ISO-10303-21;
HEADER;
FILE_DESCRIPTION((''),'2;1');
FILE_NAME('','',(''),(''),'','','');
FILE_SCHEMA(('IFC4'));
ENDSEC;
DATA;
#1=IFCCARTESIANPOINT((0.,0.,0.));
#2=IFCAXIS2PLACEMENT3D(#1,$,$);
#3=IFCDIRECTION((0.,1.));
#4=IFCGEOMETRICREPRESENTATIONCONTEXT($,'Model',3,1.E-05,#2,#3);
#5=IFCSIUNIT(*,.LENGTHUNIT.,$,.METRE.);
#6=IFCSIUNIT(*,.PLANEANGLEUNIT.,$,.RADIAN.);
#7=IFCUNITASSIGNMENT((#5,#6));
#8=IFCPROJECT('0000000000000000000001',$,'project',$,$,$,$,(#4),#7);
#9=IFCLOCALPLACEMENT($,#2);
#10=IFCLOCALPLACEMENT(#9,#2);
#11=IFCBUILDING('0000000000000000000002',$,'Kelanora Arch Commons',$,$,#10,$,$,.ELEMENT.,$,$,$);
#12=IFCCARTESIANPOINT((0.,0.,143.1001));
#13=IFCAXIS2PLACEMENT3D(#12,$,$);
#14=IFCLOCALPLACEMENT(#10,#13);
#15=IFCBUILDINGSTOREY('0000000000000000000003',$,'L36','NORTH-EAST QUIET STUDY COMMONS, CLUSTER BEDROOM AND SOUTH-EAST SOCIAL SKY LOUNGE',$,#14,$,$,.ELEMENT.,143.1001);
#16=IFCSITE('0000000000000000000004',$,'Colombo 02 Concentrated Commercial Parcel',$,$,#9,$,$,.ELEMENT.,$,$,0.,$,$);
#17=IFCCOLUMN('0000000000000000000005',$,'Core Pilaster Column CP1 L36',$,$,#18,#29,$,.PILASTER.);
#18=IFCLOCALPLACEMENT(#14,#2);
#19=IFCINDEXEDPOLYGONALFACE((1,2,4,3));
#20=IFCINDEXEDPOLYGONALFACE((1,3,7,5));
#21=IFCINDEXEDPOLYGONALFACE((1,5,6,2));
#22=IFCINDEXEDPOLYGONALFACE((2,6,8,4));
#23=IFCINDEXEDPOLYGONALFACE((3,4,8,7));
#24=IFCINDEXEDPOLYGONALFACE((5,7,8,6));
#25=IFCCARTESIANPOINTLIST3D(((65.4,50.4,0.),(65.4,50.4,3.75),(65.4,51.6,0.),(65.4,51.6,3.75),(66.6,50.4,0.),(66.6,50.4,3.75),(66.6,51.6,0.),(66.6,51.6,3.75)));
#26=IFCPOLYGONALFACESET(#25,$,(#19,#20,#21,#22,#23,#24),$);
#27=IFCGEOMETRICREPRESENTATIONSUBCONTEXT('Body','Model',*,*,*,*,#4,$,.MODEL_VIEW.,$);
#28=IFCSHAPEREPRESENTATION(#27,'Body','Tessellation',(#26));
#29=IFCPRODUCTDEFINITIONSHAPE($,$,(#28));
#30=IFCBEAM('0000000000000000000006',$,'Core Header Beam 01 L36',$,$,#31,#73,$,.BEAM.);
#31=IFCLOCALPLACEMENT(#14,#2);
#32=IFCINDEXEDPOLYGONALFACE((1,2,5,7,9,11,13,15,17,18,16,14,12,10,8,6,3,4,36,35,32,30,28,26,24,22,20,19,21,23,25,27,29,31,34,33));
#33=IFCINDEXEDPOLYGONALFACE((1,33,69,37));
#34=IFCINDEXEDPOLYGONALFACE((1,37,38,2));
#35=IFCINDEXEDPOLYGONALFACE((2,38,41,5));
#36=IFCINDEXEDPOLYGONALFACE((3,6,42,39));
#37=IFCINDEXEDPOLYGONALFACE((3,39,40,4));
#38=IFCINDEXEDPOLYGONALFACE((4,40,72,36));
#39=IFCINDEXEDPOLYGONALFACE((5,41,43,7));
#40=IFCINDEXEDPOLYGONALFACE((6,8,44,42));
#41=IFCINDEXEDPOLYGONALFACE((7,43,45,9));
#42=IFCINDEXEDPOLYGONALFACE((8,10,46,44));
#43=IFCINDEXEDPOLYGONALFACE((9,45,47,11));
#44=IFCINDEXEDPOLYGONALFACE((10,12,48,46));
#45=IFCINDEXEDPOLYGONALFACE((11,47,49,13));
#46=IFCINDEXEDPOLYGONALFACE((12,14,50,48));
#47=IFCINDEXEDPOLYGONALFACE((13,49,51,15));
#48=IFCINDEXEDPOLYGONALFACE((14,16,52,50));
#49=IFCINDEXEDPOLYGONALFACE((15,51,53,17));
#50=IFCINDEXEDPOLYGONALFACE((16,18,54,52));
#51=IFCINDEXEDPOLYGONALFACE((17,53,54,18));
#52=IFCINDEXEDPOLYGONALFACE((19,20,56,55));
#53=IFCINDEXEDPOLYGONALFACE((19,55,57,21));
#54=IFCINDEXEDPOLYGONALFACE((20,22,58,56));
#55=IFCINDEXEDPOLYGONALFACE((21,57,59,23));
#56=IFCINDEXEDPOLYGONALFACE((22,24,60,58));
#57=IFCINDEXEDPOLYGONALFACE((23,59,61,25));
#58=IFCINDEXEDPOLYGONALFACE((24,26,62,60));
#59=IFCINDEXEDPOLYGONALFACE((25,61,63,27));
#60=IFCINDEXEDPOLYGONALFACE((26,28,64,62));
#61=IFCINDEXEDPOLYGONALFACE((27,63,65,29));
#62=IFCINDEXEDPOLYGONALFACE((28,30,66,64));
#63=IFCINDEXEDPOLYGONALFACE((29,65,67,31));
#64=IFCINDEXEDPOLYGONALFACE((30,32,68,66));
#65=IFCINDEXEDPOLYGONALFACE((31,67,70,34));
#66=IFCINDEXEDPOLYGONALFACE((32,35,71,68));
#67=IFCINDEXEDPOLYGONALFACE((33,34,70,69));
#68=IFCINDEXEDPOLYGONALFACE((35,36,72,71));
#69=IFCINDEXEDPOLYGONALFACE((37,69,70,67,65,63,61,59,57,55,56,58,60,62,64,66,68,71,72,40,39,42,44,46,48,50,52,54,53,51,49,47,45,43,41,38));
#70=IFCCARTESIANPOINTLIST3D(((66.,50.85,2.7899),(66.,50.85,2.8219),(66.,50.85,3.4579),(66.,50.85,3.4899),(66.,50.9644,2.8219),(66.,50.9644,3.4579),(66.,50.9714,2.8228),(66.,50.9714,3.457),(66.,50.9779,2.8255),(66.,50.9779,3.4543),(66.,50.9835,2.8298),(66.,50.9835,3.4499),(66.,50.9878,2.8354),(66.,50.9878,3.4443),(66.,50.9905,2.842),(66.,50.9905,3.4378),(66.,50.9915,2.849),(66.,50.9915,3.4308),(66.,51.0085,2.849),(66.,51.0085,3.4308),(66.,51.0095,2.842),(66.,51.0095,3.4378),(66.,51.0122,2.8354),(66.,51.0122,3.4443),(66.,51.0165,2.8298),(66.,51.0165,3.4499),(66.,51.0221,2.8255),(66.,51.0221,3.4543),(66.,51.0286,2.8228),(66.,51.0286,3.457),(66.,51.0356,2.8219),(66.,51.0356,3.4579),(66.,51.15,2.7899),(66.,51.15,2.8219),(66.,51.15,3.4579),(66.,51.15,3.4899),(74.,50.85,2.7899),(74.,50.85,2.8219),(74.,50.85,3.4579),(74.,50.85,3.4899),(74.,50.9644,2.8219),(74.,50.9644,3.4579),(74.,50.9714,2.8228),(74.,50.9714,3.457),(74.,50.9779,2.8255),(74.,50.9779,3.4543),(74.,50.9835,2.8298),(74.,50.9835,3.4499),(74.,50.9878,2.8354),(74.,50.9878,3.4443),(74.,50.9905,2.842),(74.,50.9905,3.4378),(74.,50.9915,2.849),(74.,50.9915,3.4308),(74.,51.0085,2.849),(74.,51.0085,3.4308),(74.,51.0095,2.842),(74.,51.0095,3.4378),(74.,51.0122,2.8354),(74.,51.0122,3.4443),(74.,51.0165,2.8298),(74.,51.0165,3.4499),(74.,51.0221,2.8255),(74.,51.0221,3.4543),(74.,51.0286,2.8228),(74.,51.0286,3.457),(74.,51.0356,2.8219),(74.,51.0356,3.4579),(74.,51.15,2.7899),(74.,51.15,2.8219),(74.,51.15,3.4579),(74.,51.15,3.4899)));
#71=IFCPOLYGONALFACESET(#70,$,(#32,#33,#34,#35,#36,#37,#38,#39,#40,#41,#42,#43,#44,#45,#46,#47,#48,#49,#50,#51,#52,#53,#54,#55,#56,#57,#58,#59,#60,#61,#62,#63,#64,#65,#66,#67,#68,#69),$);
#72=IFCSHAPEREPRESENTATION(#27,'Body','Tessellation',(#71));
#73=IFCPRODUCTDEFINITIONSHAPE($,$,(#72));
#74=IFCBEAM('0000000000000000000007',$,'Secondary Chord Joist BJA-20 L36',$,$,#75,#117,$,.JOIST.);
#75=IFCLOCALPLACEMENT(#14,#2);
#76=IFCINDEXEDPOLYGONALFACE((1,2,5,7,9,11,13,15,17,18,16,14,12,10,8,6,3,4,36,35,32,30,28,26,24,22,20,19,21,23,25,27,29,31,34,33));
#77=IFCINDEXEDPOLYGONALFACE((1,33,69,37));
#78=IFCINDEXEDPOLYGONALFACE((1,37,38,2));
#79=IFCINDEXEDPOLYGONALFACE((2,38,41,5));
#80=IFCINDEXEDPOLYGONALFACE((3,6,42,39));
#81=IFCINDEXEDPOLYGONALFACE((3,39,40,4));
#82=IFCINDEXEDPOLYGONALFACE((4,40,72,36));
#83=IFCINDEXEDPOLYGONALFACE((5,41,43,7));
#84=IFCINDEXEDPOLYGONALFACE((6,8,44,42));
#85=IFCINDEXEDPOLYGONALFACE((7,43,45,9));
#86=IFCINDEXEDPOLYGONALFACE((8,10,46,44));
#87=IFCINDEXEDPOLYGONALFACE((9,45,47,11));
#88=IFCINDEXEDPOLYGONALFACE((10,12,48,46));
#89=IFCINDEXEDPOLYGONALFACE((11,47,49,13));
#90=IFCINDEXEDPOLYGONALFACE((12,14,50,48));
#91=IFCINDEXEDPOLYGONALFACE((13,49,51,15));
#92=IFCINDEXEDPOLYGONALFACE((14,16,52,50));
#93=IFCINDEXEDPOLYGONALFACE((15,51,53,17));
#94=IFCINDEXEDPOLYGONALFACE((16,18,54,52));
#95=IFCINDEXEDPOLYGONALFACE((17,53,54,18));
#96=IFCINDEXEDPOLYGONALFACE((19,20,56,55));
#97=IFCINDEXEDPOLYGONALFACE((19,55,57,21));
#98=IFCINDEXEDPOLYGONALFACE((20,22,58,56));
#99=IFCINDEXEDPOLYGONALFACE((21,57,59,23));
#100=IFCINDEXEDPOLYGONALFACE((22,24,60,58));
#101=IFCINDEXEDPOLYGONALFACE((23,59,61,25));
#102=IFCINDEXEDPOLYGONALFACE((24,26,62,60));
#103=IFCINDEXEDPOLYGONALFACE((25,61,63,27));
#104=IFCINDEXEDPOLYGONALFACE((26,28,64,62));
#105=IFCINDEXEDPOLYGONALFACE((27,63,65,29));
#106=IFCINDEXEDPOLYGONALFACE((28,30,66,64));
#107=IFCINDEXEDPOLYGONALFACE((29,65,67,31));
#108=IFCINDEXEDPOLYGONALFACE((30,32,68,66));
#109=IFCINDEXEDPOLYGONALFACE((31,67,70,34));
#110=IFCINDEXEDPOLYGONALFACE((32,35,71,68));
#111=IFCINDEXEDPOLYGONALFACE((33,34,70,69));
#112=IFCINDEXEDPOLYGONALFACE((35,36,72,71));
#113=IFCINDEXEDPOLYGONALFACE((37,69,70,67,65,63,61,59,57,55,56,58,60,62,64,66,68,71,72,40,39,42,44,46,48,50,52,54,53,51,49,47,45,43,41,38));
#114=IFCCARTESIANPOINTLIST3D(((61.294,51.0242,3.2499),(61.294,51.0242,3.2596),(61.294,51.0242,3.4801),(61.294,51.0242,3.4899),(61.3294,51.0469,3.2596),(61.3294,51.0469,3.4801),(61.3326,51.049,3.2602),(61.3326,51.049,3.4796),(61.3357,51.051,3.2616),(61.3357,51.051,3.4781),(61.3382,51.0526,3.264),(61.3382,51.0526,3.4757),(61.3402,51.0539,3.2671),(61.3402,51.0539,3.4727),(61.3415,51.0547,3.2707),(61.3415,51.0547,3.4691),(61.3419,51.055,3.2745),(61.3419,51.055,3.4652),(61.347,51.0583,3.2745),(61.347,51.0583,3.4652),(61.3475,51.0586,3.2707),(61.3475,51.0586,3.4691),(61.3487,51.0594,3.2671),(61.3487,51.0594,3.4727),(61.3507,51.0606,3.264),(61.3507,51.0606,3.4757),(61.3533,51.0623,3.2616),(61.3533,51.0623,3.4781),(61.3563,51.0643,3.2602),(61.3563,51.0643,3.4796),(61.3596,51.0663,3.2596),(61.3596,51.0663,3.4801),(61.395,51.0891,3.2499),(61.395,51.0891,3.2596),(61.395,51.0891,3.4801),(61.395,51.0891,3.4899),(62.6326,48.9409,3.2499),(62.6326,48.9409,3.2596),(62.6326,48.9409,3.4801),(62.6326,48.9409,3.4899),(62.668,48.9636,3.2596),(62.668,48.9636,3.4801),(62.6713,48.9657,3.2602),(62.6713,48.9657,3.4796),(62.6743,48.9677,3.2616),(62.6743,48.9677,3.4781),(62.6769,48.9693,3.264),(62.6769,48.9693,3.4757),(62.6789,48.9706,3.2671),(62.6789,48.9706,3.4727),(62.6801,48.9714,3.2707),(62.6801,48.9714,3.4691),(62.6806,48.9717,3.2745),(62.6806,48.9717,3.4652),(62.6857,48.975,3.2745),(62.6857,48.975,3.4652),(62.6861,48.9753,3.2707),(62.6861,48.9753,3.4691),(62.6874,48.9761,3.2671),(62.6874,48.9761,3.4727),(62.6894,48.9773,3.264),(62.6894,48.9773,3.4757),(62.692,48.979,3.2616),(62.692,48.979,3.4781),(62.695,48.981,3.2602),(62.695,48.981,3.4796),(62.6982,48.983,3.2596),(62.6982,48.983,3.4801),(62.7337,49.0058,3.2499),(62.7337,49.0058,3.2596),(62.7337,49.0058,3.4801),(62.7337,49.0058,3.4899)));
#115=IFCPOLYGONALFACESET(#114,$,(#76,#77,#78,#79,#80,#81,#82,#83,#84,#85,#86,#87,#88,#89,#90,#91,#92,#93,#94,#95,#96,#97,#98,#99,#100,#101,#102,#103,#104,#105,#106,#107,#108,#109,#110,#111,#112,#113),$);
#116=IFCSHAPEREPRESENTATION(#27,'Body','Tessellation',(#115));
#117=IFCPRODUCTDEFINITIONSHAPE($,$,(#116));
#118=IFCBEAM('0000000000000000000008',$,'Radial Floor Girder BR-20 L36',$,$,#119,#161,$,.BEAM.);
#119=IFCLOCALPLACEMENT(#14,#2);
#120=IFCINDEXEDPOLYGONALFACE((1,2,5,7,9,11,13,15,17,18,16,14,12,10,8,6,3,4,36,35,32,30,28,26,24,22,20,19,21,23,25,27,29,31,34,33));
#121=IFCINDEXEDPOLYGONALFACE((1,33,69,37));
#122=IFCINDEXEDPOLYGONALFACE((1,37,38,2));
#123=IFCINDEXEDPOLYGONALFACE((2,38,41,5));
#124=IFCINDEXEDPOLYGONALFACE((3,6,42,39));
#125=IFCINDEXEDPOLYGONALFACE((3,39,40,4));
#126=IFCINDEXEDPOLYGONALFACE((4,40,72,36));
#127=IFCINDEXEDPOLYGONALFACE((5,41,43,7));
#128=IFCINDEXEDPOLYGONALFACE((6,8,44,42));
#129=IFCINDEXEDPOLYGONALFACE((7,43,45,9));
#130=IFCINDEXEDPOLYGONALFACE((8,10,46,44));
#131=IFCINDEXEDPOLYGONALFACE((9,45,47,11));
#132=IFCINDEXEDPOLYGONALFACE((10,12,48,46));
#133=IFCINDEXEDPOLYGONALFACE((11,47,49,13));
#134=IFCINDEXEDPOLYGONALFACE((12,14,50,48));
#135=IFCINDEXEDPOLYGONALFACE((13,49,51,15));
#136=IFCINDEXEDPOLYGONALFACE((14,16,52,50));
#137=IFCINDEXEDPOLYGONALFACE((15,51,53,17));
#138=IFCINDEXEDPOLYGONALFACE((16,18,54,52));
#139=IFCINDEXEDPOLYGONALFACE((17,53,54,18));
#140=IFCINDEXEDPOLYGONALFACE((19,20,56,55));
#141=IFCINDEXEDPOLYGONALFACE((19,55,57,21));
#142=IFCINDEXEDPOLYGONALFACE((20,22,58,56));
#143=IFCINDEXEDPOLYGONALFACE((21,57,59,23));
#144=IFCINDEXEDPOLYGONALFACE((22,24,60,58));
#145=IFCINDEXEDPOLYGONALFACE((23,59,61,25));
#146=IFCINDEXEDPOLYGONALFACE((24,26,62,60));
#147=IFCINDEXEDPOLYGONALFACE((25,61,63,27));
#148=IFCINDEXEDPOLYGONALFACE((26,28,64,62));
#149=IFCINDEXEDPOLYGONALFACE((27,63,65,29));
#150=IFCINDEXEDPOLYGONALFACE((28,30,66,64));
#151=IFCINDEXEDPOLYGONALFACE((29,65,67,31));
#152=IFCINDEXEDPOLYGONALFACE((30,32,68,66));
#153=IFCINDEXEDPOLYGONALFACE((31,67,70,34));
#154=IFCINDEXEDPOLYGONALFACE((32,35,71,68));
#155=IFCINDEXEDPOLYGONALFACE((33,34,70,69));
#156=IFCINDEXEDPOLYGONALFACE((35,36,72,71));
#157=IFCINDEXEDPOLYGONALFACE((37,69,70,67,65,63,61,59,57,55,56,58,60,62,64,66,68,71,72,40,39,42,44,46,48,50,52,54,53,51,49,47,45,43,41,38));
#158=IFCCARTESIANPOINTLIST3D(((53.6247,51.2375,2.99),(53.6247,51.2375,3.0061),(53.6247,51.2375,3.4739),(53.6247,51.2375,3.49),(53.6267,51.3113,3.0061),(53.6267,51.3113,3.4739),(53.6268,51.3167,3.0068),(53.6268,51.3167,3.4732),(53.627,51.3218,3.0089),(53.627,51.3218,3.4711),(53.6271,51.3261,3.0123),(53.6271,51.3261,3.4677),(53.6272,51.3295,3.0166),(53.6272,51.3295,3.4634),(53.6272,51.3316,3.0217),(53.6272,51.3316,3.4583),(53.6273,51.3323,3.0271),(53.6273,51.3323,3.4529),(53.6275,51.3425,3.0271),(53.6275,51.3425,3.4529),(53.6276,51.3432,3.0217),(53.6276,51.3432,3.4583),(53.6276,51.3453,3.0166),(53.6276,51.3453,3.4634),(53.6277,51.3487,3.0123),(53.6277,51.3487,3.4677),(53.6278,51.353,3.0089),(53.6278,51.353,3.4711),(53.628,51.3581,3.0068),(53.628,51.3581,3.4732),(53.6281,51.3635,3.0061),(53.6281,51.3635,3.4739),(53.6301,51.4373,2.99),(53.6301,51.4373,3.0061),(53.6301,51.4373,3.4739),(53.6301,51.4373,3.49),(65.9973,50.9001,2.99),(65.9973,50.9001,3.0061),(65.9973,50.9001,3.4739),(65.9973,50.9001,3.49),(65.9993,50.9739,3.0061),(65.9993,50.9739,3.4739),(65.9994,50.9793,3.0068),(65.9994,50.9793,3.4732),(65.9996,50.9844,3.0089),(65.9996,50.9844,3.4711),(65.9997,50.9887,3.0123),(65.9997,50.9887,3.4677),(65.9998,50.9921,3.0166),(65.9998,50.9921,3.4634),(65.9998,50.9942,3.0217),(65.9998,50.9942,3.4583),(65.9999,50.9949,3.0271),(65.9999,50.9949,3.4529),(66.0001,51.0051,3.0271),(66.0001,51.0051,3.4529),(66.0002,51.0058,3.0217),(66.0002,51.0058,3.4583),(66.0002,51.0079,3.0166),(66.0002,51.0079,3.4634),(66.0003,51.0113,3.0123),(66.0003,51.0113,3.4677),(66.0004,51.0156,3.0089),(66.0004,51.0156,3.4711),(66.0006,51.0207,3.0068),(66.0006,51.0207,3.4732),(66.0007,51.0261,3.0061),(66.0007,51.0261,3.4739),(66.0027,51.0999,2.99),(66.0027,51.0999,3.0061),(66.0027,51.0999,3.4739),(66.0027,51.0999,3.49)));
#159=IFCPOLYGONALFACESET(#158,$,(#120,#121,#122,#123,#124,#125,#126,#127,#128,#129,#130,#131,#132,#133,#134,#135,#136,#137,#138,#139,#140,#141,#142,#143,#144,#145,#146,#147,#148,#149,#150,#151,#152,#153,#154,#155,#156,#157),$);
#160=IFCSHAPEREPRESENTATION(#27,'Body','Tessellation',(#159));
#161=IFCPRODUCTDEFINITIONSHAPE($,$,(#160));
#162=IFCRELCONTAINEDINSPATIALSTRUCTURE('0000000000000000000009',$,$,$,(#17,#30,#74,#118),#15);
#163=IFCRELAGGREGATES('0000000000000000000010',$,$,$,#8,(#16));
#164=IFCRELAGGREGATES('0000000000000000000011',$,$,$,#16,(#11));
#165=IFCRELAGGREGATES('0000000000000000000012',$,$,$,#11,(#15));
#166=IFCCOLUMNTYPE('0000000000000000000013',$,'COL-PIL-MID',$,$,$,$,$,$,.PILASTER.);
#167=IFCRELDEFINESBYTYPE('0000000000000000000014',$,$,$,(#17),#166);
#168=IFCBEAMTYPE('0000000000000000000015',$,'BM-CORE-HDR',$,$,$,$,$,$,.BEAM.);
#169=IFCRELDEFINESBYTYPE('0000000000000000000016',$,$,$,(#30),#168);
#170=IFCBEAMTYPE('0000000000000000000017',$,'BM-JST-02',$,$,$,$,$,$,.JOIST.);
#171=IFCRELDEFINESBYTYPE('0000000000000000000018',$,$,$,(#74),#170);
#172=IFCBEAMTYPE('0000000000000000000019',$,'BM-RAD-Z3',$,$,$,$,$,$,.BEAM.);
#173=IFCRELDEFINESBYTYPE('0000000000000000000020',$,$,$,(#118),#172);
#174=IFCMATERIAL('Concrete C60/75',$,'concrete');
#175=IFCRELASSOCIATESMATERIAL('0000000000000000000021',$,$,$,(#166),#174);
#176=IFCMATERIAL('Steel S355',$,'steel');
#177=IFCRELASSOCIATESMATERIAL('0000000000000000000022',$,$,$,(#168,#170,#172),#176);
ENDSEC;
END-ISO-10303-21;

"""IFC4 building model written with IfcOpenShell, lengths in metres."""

from ifc_helpers import new_model, si_unit, direction, frame, origin, origin_2d, place, context, subcontext, project, spatial, rectangle, i_section, extrude, material, material_profile, profile_set, type_object, element, save


model = new_model("IFC4")

# Units and contexts
model_context = context("Model", 3, precision=1e-05, world=origin(), true_north=direction((0.0, 1.0)))
body_context = subcontext(model_context, "Body", "Model", "MODEL_VIEW")
ifc_project = project(units=[si_unit("LENGTHUNIT", "METRE"), si_unit("PLANEANGLEUNIT", "RADIAN")], contexts=[model_context])

# Site, building, storey
site_placement = place(None, origin())
site = spatial("IfcSite", under=ifc_project, at=site_placement, Name="Colombo 02 Concentrated Commercial Parcel", CompositionType="ELEMENT", RefElevation=0.0)
building_placement = place(site_placement, origin())
building = spatial("IfcBuilding", under=site, at=building_placement, Name="Kelanora Arch Commons", CompositionType="ELEMENT")
storey_placement = place(building_placement, frame((0.0, 0.0, 143.1001)))
storey = spatial("IfcBuildingStorey", under=building, at=storey_placement, Name="L36", Description="NORTH-EAST QUIET STUDY COMMONS, CLUSTER BEDROOM AND SOUTH-EAST SOCIAL SKY LOUNGE", CompositionType="ELEMENT", Elevation=143.1001)

# Column
ifc_material_1 = material(Name="Concrete C60/75", Category="concrete")
ifc_material_profile_1 = material_profile(ifc_material_1, rectangle(XDim=1.2, YDim=1.2, at=origin_2d()), Name="RC1200x1200")
ifc_profile_set_1 = profile_set([ifc_material_profile_1], Name="Concrete C60/75")
column_type = type_object("IfcColumnType", Name="COL-PIL-MID", PredefinedType="PILASTER", material=ifc_profile_set_1)
column_placement = place(storey_placement, frame((66.0, 51.0, 0.0), z_axis=(0.0, 0.0, 1.0), x_axis=(1.0, 0.0, 0.0)))
element("IfcColumn", 1, at=column_placement, inside=storey, type_object=column_type, Name="Core Pilaster Column CP1 L36", PredefinedType="PILASTER", context=body_context, shape_type="SweptSolid", body=[
    extrude(rectangle(XDim=1.2, YDim=1.2, at=origin_2d()), origin(), (0.0, 0.0, 1.0), 3.75),
])

# Beams
ifc_material_2 = material(Name="Steel S355", Category="steel")
ifc_material_profile_2 = material_profile(ifc_material_2, i_section(OverallWidth=0.3, OverallDepth=0.7, WebThickness=0.0171, FlangeThickness=0.032, FilletRadius=0.0271, at=origin_2d()), Name="HEB700")
ifc_profile_set_2 = profile_set([ifc_material_profile_2], Name="Steel S355")
beam_type_1 = type_object("IfcBeamType", Name="BM-CORE-HDR", PredefinedType="BEAM", material=ifc_profile_set_2)
beam_1_placement = place(storey_placement, frame((66.0, 51.0, 3.1399), z_axis=(1.0, 0.0, 0.0), x_axis=(0.0, 1.0, 0.0)))
element("IfcBeam", 2, at=beam_1_placement, inside=storey, type_object=beam_type_1, Name="Core Header Beam 01 L36", PredefinedType="BEAM", context=body_context, shape_type="SweptSolid", body=[
    extrude(i_section(OverallWidth=0.3, OverallDepth=0.7, WebThickness=0.0171, FlangeThickness=0.032, FilletRadius=0.0271, at=origin_2d()), origin(), (0.0, 0.0, 1.0), 8.0),
])
ifc_material_profile_3 = material_profile(ifc_material_2, i_section(OverallWidth=0.1201, OverallDepth=0.24, WebThickness=0.0061, FlangeThickness=0.0098, FilletRadius=0.0149, at=origin_2d()), Name="IPE240")
ifc_profile_set_3 = profile_set([ifc_material_profile_3], Name="Steel S355")
beam_type_2 = type_object("IfcBeamType", Name="BM-JST-02", PredefinedType="JOIST", material=ifc_profile_set_3)
beam_2_placement = place(storey_placement, frame((61.3445, 51.0566, 3.3699), z_axis=(0.540583, -0.841291, 0.0), x_axis=(0.841291, 0.540583, 0.0)))
element("IfcBeam", 3, at=beam_2_placement, inside=storey, type_object=beam_type_2, Name="Secondary Chord Joist BJA-20 L36", PredefinedType="JOIST", context=body_context, shape_type="SweptSolid", body=[
    extrude(i_section(OverallWidth=0.1201, OverallDepth=0.24, WebThickness=0.0061, FlangeThickness=0.0098, FilletRadius=0.0149, at=origin_2d()), origin(), (0.0, 0.0, 1.0), 2.4763),
])
ifc_material_profile_4 = material_profile(ifc_material_2, i_section(OverallWidth=0.2, OverallDepth=0.5, WebThickness=0.0103, FlangeThickness=0.0161, FilletRadius=0.021, at=origin_2d()), Name="IPE500")
ifc_profile_set_4 = profile_set([ifc_material_profile_4], Name="Steel S355")
beam_type_3 = type_object("IfcBeamType", Name="BM-RAD-Z3", PredefinedType="BEAM", material=ifc_profile_set_4)
beam_3_placement = place(storey_placement, frame((66.0, 51.0, 3.24), z_axis=(-0.999628, 0.02726, 0.0), x_axis=(-0.02726, -0.999628, 0.0)))
element("IfcBeam", 4, at=beam_3_placement, inside=storey, type_object=beam_type_3, Name="Radial Floor Girder BR-20 L36", PredefinedType="BEAM", context=body_context, shape_type="SweptSolid", body=[
    extrude(i_section(OverallWidth=0.2, OverallDepth=0.5, WebThickness=0.0103, FlangeThickness=0.0161, FilletRadius=0.021, at=origin_2d()), origin(), (0.0, 0.0, 1.0), 12.3772),
])

save(model, "model.ifc")
